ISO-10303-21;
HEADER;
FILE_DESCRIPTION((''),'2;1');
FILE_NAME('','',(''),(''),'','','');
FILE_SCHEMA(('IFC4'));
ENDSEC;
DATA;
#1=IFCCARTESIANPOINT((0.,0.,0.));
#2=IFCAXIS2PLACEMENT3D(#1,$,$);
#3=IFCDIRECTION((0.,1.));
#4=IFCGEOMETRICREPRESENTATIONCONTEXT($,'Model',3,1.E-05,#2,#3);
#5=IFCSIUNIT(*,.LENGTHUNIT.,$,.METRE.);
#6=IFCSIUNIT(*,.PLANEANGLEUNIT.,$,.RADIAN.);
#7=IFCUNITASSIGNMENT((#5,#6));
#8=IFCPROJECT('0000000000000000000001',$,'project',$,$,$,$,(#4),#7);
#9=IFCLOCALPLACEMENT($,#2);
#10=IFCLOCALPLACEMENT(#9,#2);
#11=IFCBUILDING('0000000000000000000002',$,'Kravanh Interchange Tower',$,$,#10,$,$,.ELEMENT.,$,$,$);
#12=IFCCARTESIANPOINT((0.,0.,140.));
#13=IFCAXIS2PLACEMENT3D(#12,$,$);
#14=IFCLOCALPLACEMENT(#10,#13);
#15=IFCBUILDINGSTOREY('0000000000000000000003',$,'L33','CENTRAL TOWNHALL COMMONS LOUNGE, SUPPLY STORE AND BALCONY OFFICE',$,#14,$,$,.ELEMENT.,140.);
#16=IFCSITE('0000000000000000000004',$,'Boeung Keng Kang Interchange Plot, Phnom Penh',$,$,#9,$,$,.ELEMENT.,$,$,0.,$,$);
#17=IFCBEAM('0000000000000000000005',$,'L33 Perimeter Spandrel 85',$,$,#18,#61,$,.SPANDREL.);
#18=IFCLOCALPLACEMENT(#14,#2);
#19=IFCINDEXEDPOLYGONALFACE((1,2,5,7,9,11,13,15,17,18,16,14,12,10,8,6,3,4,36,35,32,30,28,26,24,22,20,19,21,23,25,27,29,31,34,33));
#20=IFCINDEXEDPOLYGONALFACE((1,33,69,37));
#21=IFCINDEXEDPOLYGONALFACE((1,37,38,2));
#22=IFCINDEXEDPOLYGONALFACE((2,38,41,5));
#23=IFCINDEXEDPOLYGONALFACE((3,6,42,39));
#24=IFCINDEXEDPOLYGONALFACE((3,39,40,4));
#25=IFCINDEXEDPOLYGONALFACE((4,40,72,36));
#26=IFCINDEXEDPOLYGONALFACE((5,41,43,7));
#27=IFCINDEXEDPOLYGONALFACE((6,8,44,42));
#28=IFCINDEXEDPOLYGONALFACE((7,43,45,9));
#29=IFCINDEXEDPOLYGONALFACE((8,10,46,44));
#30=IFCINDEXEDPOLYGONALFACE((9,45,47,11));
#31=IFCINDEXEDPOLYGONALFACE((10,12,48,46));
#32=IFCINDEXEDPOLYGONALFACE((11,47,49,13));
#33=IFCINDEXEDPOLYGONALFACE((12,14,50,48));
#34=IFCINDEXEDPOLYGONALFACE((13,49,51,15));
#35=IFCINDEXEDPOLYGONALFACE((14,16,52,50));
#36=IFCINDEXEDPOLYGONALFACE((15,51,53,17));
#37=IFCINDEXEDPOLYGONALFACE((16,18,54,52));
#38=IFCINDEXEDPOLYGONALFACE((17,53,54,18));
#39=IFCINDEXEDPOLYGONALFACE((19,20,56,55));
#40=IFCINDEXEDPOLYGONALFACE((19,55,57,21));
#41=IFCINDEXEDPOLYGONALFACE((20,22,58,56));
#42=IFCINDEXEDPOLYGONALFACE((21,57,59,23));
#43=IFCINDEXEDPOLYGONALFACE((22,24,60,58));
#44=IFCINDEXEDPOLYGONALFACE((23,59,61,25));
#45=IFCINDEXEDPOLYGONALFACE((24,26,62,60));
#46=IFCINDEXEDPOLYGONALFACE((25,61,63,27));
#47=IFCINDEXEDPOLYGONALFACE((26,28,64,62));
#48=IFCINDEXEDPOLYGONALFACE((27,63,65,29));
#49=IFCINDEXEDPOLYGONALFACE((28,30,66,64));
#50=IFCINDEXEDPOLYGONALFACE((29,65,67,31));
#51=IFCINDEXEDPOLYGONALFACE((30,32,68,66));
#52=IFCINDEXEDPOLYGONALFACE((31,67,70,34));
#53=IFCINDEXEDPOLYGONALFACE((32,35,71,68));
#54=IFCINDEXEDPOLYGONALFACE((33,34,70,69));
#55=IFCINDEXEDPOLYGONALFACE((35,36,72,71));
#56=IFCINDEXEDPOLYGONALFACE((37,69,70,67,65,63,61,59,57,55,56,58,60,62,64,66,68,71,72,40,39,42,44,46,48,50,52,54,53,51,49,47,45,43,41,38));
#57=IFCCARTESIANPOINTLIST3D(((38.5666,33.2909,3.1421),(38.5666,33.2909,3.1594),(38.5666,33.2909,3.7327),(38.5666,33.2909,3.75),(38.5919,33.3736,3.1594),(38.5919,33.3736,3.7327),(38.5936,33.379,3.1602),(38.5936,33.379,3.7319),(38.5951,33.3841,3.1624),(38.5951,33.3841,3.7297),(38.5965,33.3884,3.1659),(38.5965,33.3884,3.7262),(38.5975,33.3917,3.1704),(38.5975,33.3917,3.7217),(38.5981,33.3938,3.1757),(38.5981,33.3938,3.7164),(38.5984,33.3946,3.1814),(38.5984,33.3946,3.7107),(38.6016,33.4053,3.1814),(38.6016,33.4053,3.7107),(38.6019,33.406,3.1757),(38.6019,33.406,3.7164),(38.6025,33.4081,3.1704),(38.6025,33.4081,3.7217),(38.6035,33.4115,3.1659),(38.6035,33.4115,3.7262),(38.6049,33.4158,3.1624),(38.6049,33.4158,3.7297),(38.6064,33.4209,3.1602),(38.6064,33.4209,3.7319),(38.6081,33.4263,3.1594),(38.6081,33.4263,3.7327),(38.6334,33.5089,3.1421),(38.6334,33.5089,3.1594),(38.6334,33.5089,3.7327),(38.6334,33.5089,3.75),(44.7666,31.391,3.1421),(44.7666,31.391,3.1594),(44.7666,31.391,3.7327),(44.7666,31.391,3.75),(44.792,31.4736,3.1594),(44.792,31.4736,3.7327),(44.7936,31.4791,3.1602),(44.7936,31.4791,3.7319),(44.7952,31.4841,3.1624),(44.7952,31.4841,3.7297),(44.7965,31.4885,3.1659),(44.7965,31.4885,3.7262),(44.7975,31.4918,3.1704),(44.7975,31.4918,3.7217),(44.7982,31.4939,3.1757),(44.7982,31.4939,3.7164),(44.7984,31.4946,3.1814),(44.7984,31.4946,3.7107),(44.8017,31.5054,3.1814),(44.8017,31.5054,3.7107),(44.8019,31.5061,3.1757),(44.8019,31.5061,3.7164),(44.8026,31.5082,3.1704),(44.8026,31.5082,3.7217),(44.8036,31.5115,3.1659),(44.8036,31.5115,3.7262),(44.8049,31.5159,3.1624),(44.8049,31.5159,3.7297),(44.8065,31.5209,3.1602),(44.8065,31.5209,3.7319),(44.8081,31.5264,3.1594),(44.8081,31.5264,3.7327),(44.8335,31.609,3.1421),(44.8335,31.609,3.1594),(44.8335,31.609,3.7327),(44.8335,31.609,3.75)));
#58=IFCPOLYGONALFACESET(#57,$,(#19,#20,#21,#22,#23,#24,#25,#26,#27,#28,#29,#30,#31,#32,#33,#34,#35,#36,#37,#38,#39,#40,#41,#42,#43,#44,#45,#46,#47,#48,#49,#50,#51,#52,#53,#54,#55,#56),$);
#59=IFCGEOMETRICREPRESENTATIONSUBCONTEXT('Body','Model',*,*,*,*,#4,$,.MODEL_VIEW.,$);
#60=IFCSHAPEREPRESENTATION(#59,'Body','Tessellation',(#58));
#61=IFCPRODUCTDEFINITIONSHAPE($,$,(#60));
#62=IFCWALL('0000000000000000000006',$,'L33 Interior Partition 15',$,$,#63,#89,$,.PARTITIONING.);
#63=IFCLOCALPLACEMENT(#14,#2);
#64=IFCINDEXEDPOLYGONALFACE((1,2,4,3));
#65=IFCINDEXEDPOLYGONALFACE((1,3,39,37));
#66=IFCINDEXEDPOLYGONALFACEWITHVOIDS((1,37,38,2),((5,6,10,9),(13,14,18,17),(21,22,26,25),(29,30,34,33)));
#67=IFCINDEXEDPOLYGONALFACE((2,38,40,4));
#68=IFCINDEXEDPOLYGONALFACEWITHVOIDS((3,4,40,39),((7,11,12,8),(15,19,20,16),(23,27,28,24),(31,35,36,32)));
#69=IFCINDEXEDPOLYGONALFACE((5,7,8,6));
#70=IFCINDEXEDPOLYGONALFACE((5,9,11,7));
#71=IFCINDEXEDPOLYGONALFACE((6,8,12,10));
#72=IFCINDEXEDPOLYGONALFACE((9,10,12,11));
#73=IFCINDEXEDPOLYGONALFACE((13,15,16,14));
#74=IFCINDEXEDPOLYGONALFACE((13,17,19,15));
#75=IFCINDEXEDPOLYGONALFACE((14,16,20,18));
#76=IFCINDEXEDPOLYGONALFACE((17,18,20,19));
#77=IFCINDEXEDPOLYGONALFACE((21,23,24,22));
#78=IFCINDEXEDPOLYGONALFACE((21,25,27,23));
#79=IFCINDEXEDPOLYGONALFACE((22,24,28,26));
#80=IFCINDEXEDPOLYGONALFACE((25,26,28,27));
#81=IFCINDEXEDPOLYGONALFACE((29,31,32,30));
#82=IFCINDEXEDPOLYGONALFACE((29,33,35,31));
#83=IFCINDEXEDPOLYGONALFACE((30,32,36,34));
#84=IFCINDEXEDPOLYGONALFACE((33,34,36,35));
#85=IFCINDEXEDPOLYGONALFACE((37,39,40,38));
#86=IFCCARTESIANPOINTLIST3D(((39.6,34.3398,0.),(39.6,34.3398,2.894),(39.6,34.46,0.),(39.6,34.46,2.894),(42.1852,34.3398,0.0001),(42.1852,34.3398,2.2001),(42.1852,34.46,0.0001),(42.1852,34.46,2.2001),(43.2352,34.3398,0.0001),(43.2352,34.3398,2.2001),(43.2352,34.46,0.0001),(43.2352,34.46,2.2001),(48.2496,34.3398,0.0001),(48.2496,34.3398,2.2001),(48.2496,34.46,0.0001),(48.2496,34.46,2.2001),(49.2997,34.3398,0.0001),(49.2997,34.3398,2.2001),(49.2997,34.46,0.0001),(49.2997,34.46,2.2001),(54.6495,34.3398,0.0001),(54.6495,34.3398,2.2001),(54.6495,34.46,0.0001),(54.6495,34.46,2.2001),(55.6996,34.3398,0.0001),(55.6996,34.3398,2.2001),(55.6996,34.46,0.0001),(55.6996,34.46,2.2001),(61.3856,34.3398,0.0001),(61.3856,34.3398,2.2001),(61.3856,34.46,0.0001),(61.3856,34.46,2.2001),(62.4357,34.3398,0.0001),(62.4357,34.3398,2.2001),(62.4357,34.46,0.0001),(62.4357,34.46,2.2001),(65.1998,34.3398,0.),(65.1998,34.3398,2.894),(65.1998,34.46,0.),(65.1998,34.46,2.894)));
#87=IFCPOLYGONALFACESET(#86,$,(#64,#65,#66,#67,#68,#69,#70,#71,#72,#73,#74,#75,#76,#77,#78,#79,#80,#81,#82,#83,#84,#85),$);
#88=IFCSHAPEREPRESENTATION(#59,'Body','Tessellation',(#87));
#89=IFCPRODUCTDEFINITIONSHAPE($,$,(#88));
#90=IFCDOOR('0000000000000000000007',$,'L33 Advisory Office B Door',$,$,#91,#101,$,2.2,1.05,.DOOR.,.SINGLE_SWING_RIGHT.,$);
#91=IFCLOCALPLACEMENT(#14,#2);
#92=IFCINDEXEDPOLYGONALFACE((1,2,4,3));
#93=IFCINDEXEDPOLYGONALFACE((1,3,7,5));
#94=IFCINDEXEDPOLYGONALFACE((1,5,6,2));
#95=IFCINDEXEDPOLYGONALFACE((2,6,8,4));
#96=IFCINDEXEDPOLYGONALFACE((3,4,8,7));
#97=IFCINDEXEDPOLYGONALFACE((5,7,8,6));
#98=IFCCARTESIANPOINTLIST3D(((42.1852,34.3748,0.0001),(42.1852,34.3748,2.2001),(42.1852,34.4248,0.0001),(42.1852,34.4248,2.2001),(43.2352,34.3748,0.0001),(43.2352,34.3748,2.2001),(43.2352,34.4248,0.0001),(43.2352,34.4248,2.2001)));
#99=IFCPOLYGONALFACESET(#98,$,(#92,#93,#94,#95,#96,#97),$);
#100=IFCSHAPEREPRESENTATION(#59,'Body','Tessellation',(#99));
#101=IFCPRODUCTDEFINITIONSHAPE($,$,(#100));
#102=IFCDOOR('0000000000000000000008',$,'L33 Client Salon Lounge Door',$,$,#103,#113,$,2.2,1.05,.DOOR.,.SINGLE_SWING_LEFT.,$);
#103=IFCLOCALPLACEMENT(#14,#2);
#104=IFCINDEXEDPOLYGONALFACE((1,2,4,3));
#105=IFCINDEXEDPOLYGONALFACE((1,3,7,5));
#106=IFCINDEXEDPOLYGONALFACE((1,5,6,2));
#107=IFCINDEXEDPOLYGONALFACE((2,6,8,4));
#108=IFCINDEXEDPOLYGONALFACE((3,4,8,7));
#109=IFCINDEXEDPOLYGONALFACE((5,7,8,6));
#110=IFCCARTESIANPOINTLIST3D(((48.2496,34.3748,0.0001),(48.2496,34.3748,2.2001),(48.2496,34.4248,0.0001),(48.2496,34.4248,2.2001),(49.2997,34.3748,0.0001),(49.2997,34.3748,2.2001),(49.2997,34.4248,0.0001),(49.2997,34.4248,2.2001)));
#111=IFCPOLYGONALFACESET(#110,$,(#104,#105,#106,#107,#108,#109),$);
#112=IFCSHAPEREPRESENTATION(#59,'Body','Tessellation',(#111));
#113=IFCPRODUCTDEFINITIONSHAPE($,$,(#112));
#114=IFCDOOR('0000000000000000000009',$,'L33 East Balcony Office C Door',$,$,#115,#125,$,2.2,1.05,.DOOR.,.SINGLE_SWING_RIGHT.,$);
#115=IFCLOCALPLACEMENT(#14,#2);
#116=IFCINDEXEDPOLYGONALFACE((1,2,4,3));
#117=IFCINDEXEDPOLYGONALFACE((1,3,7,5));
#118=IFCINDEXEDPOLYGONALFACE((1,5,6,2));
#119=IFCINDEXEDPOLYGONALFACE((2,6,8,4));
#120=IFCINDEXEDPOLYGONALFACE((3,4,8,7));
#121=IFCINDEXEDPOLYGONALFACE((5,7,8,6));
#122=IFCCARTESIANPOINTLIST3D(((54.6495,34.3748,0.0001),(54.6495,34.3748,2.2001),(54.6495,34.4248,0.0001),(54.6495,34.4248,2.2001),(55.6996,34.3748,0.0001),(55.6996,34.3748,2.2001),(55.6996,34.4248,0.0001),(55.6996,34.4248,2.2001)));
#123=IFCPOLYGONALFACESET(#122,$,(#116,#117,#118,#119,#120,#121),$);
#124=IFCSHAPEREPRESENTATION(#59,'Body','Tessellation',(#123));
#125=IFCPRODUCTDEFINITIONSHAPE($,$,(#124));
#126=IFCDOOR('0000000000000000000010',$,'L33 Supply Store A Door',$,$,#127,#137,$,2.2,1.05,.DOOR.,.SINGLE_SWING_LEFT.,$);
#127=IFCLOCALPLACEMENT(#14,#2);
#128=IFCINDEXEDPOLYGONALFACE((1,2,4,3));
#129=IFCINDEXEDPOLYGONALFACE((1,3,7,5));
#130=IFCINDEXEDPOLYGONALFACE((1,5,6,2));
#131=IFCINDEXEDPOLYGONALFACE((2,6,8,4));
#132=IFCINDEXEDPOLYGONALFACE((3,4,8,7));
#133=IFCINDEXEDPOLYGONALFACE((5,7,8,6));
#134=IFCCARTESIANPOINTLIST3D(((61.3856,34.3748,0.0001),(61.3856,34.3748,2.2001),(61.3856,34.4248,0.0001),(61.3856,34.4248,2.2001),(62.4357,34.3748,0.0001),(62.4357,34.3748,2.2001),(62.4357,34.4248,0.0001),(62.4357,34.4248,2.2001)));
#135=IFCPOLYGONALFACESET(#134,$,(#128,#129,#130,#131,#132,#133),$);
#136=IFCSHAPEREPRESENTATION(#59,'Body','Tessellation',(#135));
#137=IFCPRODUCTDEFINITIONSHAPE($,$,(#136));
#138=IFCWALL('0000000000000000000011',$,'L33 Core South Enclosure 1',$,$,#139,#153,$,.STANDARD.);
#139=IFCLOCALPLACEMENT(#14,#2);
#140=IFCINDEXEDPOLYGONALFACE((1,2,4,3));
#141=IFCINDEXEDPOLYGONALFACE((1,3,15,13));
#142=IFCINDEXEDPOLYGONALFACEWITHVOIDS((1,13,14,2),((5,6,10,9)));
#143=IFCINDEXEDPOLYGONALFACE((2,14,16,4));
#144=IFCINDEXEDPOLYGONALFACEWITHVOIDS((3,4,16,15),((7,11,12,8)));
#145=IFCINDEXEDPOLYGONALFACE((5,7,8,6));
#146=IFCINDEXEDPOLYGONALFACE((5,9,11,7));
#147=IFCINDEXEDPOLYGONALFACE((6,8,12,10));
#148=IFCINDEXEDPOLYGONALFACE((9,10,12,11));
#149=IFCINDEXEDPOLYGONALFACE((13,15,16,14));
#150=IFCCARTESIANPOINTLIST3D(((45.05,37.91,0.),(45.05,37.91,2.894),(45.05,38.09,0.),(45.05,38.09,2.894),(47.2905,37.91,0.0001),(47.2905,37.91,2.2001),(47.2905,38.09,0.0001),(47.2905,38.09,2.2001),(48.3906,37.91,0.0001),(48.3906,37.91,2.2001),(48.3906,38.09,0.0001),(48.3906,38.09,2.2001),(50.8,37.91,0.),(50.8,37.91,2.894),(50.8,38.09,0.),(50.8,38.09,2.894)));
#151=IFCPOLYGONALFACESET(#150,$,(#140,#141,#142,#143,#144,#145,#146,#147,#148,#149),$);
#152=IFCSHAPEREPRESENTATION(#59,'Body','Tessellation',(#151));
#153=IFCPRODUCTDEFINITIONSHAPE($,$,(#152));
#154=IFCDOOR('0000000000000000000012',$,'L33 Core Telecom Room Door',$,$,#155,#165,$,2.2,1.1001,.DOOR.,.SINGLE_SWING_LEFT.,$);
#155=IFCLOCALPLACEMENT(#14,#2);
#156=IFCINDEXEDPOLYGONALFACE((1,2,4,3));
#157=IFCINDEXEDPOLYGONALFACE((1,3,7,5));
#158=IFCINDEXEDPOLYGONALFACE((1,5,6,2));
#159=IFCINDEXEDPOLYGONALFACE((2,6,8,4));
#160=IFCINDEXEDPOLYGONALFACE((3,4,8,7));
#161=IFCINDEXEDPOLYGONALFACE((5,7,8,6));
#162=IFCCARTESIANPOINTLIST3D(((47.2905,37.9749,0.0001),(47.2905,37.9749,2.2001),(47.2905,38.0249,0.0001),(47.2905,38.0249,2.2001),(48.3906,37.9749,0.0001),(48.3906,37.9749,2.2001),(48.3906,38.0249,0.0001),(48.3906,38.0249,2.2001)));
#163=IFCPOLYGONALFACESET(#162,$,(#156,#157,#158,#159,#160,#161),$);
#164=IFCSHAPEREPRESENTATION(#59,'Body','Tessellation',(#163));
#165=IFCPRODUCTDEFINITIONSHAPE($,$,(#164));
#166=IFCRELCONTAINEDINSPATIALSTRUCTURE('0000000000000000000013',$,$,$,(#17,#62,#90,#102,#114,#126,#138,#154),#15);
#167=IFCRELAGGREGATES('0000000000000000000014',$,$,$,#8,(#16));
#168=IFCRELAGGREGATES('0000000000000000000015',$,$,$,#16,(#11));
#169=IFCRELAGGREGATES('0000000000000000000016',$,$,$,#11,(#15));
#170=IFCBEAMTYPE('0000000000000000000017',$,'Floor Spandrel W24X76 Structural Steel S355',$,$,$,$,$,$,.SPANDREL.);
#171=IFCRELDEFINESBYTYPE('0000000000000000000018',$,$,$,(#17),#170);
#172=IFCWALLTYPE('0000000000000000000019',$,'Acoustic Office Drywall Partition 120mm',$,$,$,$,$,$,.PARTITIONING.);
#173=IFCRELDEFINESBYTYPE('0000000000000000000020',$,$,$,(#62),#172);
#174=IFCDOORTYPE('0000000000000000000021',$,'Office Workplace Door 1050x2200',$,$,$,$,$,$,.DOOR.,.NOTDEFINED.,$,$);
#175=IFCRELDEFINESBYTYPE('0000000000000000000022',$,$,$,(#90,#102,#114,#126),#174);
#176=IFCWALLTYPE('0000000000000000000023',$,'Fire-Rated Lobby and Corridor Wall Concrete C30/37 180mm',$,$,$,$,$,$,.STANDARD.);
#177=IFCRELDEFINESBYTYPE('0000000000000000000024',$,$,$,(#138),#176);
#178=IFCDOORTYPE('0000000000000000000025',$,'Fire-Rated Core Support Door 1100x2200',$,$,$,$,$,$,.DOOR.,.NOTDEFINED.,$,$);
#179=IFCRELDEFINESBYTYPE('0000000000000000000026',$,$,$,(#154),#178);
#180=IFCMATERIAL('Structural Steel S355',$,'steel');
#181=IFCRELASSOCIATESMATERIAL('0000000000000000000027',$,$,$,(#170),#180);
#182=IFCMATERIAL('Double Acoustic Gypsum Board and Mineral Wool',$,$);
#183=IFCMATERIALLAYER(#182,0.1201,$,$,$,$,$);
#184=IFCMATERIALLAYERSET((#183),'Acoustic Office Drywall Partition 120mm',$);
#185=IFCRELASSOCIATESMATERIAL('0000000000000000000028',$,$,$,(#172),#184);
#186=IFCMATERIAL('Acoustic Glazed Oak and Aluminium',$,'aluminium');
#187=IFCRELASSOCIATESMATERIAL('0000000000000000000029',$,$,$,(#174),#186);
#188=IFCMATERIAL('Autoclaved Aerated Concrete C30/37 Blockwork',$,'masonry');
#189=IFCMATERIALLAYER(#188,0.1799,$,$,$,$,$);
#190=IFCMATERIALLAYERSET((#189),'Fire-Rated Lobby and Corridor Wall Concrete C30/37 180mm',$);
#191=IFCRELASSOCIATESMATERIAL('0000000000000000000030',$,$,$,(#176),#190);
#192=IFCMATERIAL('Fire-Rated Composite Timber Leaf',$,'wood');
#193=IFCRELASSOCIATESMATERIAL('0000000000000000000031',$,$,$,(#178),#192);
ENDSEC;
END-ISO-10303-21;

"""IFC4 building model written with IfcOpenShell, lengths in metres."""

from ifc_helpers import new_model, si_unit, direction, frame, frame_2d, origin, origin_2d, place, context, subcontext, project, spatial, rectangle, i_section, extrude, material, layer, layer_set, material_profile, profile_set, type_object, element, fill, save


model = new_model("IFC4")

# Units and contexts
model_context = context("Model", 3, precision=1e-05, world=origin(), true_north=direction((0.0, 1.0)))
body_context = subcontext(model_context, "Body", "Model", "MODEL_VIEW")
ifc_project = project(units=[si_unit("LENGTHUNIT", "METRE"), si_unit("PLANEANGLEUNIT", "RADIAN")], contexts=[model_context])

# Site, building, storey
site_placement = place(None, origin())
site = spatial("IfcSite", under=ifc_project, at=site_placement, Name="Boeung Keng Kang Interchange Plot, Phnom Penh", CompositionType="ELEMENT", RefElevation=0.0)
building_placement = place(site_placement, origin())
building = spatial("IfcBuilding", under=site, at=building_placement, Name="Kravanh Interchange Tower", CompositionType="ELEMENT")
storey_placement = place(building_placement, frame((0.0, 0.0, 140.0)))
storey = spatial("IfcBuildingStorey", under=building, at=storey_placement, Name="L33", Description="CENTRAL TOWNHALL COMMONS LOUNGE, SUPPLY STORE AND BALCONY OFFICE", CompositionType="ELEMENT", Elevation=140.0)

# Beam
ifc_material_1 = material(Name="Structural Steel S355", Category="steel")
ifc_material_profile_1 = material_profile(ifc_material_1, i_section(OverallWidth=0.228, OverallDepth=0.6079, WebThickness=0.0112, FlangeThickness=0.0173, FilletRadius=0.022, at=origin_2d()), Name="W24X76")
ifc_profile_set_1 = profile_set([ifc_material_profile_1], Name="Structural Steel S355")
beam_type_1 = type_object("IfcBeamType", Name="Floor Spandrel W24X76 Structural Steel S355", PredefinedType="SPANDREL", material=ifc_profile_set_1)
beam_1_placement = place(storey_placement, frame((44.8, 31.5, 3.446), z_axis=(-0.956115, 0.29299, 0.0), x_axis=(-0.29299, -0.956115, 0.0)))
element("IfcBeam", 1, at=beam_1_placement, inside=storey, type_object=beam_type_1, Name="L33 Perimeter Spandrel 85", PredefinedType="SPANDREL", context=body_context, shape_type="SweptSolid", body=[
    extrude(i_section(OverallWidth=0.228, OverallDepth=0.6079, WebThickness=0.0112, FlangeThickness=0.0173, FilletRadius=0.022, at=origin_2d()), origin(), (0.0, 0.0, 1.0), 6.4846),
])

# Wall, openings, doors
ifc_material_2 = material(Name="Double Acoustic Gypsum Board and Mineral Wool")
ifc_layer_1 = layer(ifc_material_2, 0.1201)
ifc_layer_set_1 = layer_set([ifc_layer_1], Name="Acoustic Office Drywall Partition 120mm")
wall_type_1 = type_object("IfcWallType", Name="Acoustic Office Drywall Partition 120mm", PredefinedType="PARTITIONING", material=ifc_layer_set_1)
wall_1_placement = place(storey_placement, frame((39.6001, 34.3999, 0.0), z_axis=(0.0, 0.0, 1.0), x_axis=(1.0, 0.0, 0.0)))
wall_1 = element("IfcWall", 2, at=wall_1_placement, inside=storey, type_object=wall_type_1, Name="L33 Interior Partition 15", PredefinedType="PARTITIONING", context=body_context, shape_type="SweptSolid", body=[
    extrude(rectangle(XDim=25.5999, YDim=0.1201, at=frame_2d((12.7998, 0.0))), origin(), (0.0, 0.0, 1.0), 2.894),
])
opening_1_placement = place(wall_1_placement, frame((2.5852, 0.0, 0.0)))
opening_1 = element("IfcOpeningElement", 3, at=opening_1_placement, cuts=wall_1, PredefinedType="OPENING", context=body_context, shape_type="SweptSolid", body=[
    extrude(rectangle(XDim=1.05, YDim=2.2, at=frame_2d((0.5249, 1.1001))), frame((0.0, 0.0701, 0.0), z_axis=(0.0, -1.0, 0.0), x_axis=(1.0, 0.0, 0.0)), (0.0, 0.0, 1.0), 0.1401),
])
opening_2_placement = place(wall_1_placement, frame((8.6497, 0.0, 0.0)))
opening_2 = element("IfcOpeningElement", 4, at=opening_2_placement, cuts=wall_1, PredefinedType="OPENING", context=body_context, shape_type="SweptSolid", body=[
    extrude(rectangle(XDim=1.05, YDim=2.2, at=frame_2d((0.5249, 1.1001))), frame((0.0, 0.0701, 0.0), z_axis=(0.0, -1.0, 0.0), x_axis=(1.0, 0.0, 0.0)), (0.0, 0.0, 1.0), 0.1401),
])
opening_3_placement = place(wall_1_placement, frame((15.0496, 0.0, 0.0)))
opening_3 = element("IfcOpeningElement", 5, at=opening_3_placement, cuts=wall_1, PredefinedType="OPENING", context=body_context, shape_type="SweptSolid", body=[
    extrude(rectangle(XDim=1.05, YDim=2.2, at=frame_2d((0.5249, 1.1001))), frame((0.0, 0.0701, 0.0), z_axis=(0.0, -1.0, 0.0), x_axis=(1.0, 0.0, 0.0)), (0.0, 0.0, 1.0), 0.1401),
])
opening_4_placement = place(wall_1_placement, frame((21.7856, 0.0, 0.0)))
opening_4 = element("IfcOpeningElement", 6, at=opening_4_placement, cuts=wall_1, PredefinedType="OPENING", context=body_context, shape_type="SweptSolid", body=[
    extrude(rectangle(XDim=1.05, YDim=2.2, at=frame_2d((0.5249, 1.1001))), frame((0.0, 0.0701, 0.0), z_axis=(0.0, -1.0, 0.0), x_axis=(1.0, 0.0, 0.0)), (0.0, 0.0, 1.0), 0.1401),
])
ifc_material_3 = material(Name="Acoustic Glazed Oak and Aluminium", Category="aluminium")
door_type_1 = type_object("IfcDoorType", Name="Office Workplace Door 1050x2200", OperationType="NOTDEFINED", PredefinedType="DOOR", material=ifc_material_3)
door_1_placement = place(opening_1_placement, origin())
door_1 = element("IfcDoor", 7, at=door_1_placement, inside=storey, type_object=door_type_1, Name="L33 Advisory Office B Door", OperationType="SINGLE_SWING_RIGHT", OverallHeight=2.2, OverallWidth=1.05, PredefinedType="DOOR", context=body_context, shape_type="SweptSolid", body=[
    extrude(rectangle(XDim=1.05, YDim=2.2, at=frame_2d((0.5249, 1.1001))), frame((0.0, 0.0249, 0.0), z_axis=(0.0, -1.0, 0.0), x_axis=(1.0, 0.0, 0.0)), (0.0, 0.0, 1.0), 0.05),
])
fill(opening_1, door_1)
door_2_placement = place(opening_2_placement, origin())
door_2 = element("IfcDoor", 8, at=door_2_placement, inside=storey, type_object=door_type_1, Name="L33 Client Salon Lounge Door", OperationType="SINGLE_SWING_LEFT", OverallHeight=2.2, OverallWidth=1.05, PredefinedType="DOOR", context=body_context, shape_type="SweptSolid", body=[
    extrude(rectangle(XDim=1.05, YDim=2.2, at=frame_2d((0.5249, 1.1001))), frame((0.0, 0.0249, 0.0), z_axis=(0.0, -1.0, 0.0), x_axis=(1.0, 0.0, 0.0)), (0.0, 0.0, 1.0), 0.05),
])
fill(opening_2, door_2)
door_3_placement = place(opening_3_placement, origin())
door_3 = element("IfcDoor", 9, at=door_3_placement, inside=storey, type_object=door_type_1, Name="L33 East Balcony Office C Door", OperationType="SINGLE_SWING_RIGHT", OverallHeight=2.2, OverallWidth=1.05, PredefinedType="DOOR", context=body_context, shape_type="SweptSolid", body=[
    extrude(rectangle(XDim=1.05, YDim=2.2, at=frame_2d((0.5249, 1.1001))), frame((0.0, 0.0249, 0.0), z_axis=(0.0, -1.0, 0.0), x_axis=(1.0, 0.0, 0.0)), (0.0, 0.0, 1.0), 0.05),
])
fill(opening_3, door_3)
door_4_placement = place(opening_4_placement, origin())
door_4 = element("IfcDoor", 10, at=door_4_placement, inside=storey, type_object=door_type_1, Name="L33 Supply Store A Door", OperationType="SINGLE_SWING_LEFT", OverallHeight=2.2, OverallWidth=1.05, PredefinedType="DOOR", context=body_context, shape_type="SweptSolid", body=[
    extrude(rectangle(XDim=1.05, YDim=2.2, at=frame_2d((0.5249, 1.1001))), frame((0.0, 0.0249, 0.0), z_axis=(0.0, -1.0, 0.0), x_axis=(1.0, 0.0, 0.0)), (0.0, 0.0, 1.0), 0.05),
])
fill(opening_4, door_4)

# Wall, opening, door
ifc_material_4 = material(Name="Autoclaved Aerated Concrete C30/37 Blockwork", Category="masonry")
ifc_layer_2 = layer(ifc_material_4, 0.1799)
ifc_layer_set_2 = layer_set([ifc_layer_2], Name="Fire-Rated Lobby and Corridor Wall Concrete C30/37 180mm")
wall_type_2 = type_object("IfcWallType", Name="Fire-Rated Lobby and Corridor Wall Concrete C30/37 180mm", PredefinedType="STANDARD", material=ifc_layer_set_2)
wall_2_placement = place(storey_placement, frame((45.05, 38.0, 0.0), z_axis=(0.0, 0.0, 1.0), x_axis=(1.0, 0.0, 0.0)))
wall_2 = element("IfcWall", 11, at=wall_2_placement, inside=storey, type_object=wall_type_2, Name="L33 Core South Enclosure 1", PredefinedType="STANDARD", context=body_context, shape_type="SweptSolid", body=[
    extrude(rectangle(XDim=5.75, YDim=0.1799, at=frame_2d((2.875, 0.0))), origin(), (0.0, 0.0, 1.0), 2.894),
])
opening_5_placement = place(wall_2_placement, frame((2.2405, 0.0, 0.0)))
opening_5 = element("IfcOpeningElement", 12, at=opening_5_placement, cuts=wall_2, PredefinedType="OPENING", context=body_context, shape_type="SweptSolid", body=[
    extrude(rectangle(XDim=1.1001, YDim=2.2, at=frame_2d((0.55, 1.1001))), frame((0.0, 0.1001, 0.0), z_axis=(0.0, -1.0, 0.0), x_axis=(1.0, 0.0, 0.0)), (0.0, 0.0, 1.0), 0.2),
])
ifc_material_5 = material(Name="Fire-Rated Composite Timber Leaf", Category="wood")
door_type_2 = type_object("IfcDoorType", Name="Fire-Rated Core Support Door 1100x2200", OperationType="NOTDEFINED", PredefinedType="DOOR", material=ifc_material_5)
door_5_placement = place(opening_5_placement, origin())
door_5 = element("IfcDoor", 13, at=door_5_placement, inside=storey, type_object=door_type_2, Name="L33 Core Telecom Room Door", OperationType="SINGLE_SWING_LEFT", OverallHeight=2.2, OverallWidth=1.1001, PredefinedType="DOOR", context=body_context, shape_type="SweptSolid", body=[
    extrude(rectangle(XDim=1.1001, YDim=2.2, at=frame_2d((0.55, 1.1001))), frame((0.0, 0.0249, 0.0), z_axis=(0.0, -1.0, 0.0), x_axis=(1.0, 0.0, 0.0)), (0.0, 0.0, 1.0), 0.05),
])
fill(opening_5, door_5)

save(model, "model.ifc")
